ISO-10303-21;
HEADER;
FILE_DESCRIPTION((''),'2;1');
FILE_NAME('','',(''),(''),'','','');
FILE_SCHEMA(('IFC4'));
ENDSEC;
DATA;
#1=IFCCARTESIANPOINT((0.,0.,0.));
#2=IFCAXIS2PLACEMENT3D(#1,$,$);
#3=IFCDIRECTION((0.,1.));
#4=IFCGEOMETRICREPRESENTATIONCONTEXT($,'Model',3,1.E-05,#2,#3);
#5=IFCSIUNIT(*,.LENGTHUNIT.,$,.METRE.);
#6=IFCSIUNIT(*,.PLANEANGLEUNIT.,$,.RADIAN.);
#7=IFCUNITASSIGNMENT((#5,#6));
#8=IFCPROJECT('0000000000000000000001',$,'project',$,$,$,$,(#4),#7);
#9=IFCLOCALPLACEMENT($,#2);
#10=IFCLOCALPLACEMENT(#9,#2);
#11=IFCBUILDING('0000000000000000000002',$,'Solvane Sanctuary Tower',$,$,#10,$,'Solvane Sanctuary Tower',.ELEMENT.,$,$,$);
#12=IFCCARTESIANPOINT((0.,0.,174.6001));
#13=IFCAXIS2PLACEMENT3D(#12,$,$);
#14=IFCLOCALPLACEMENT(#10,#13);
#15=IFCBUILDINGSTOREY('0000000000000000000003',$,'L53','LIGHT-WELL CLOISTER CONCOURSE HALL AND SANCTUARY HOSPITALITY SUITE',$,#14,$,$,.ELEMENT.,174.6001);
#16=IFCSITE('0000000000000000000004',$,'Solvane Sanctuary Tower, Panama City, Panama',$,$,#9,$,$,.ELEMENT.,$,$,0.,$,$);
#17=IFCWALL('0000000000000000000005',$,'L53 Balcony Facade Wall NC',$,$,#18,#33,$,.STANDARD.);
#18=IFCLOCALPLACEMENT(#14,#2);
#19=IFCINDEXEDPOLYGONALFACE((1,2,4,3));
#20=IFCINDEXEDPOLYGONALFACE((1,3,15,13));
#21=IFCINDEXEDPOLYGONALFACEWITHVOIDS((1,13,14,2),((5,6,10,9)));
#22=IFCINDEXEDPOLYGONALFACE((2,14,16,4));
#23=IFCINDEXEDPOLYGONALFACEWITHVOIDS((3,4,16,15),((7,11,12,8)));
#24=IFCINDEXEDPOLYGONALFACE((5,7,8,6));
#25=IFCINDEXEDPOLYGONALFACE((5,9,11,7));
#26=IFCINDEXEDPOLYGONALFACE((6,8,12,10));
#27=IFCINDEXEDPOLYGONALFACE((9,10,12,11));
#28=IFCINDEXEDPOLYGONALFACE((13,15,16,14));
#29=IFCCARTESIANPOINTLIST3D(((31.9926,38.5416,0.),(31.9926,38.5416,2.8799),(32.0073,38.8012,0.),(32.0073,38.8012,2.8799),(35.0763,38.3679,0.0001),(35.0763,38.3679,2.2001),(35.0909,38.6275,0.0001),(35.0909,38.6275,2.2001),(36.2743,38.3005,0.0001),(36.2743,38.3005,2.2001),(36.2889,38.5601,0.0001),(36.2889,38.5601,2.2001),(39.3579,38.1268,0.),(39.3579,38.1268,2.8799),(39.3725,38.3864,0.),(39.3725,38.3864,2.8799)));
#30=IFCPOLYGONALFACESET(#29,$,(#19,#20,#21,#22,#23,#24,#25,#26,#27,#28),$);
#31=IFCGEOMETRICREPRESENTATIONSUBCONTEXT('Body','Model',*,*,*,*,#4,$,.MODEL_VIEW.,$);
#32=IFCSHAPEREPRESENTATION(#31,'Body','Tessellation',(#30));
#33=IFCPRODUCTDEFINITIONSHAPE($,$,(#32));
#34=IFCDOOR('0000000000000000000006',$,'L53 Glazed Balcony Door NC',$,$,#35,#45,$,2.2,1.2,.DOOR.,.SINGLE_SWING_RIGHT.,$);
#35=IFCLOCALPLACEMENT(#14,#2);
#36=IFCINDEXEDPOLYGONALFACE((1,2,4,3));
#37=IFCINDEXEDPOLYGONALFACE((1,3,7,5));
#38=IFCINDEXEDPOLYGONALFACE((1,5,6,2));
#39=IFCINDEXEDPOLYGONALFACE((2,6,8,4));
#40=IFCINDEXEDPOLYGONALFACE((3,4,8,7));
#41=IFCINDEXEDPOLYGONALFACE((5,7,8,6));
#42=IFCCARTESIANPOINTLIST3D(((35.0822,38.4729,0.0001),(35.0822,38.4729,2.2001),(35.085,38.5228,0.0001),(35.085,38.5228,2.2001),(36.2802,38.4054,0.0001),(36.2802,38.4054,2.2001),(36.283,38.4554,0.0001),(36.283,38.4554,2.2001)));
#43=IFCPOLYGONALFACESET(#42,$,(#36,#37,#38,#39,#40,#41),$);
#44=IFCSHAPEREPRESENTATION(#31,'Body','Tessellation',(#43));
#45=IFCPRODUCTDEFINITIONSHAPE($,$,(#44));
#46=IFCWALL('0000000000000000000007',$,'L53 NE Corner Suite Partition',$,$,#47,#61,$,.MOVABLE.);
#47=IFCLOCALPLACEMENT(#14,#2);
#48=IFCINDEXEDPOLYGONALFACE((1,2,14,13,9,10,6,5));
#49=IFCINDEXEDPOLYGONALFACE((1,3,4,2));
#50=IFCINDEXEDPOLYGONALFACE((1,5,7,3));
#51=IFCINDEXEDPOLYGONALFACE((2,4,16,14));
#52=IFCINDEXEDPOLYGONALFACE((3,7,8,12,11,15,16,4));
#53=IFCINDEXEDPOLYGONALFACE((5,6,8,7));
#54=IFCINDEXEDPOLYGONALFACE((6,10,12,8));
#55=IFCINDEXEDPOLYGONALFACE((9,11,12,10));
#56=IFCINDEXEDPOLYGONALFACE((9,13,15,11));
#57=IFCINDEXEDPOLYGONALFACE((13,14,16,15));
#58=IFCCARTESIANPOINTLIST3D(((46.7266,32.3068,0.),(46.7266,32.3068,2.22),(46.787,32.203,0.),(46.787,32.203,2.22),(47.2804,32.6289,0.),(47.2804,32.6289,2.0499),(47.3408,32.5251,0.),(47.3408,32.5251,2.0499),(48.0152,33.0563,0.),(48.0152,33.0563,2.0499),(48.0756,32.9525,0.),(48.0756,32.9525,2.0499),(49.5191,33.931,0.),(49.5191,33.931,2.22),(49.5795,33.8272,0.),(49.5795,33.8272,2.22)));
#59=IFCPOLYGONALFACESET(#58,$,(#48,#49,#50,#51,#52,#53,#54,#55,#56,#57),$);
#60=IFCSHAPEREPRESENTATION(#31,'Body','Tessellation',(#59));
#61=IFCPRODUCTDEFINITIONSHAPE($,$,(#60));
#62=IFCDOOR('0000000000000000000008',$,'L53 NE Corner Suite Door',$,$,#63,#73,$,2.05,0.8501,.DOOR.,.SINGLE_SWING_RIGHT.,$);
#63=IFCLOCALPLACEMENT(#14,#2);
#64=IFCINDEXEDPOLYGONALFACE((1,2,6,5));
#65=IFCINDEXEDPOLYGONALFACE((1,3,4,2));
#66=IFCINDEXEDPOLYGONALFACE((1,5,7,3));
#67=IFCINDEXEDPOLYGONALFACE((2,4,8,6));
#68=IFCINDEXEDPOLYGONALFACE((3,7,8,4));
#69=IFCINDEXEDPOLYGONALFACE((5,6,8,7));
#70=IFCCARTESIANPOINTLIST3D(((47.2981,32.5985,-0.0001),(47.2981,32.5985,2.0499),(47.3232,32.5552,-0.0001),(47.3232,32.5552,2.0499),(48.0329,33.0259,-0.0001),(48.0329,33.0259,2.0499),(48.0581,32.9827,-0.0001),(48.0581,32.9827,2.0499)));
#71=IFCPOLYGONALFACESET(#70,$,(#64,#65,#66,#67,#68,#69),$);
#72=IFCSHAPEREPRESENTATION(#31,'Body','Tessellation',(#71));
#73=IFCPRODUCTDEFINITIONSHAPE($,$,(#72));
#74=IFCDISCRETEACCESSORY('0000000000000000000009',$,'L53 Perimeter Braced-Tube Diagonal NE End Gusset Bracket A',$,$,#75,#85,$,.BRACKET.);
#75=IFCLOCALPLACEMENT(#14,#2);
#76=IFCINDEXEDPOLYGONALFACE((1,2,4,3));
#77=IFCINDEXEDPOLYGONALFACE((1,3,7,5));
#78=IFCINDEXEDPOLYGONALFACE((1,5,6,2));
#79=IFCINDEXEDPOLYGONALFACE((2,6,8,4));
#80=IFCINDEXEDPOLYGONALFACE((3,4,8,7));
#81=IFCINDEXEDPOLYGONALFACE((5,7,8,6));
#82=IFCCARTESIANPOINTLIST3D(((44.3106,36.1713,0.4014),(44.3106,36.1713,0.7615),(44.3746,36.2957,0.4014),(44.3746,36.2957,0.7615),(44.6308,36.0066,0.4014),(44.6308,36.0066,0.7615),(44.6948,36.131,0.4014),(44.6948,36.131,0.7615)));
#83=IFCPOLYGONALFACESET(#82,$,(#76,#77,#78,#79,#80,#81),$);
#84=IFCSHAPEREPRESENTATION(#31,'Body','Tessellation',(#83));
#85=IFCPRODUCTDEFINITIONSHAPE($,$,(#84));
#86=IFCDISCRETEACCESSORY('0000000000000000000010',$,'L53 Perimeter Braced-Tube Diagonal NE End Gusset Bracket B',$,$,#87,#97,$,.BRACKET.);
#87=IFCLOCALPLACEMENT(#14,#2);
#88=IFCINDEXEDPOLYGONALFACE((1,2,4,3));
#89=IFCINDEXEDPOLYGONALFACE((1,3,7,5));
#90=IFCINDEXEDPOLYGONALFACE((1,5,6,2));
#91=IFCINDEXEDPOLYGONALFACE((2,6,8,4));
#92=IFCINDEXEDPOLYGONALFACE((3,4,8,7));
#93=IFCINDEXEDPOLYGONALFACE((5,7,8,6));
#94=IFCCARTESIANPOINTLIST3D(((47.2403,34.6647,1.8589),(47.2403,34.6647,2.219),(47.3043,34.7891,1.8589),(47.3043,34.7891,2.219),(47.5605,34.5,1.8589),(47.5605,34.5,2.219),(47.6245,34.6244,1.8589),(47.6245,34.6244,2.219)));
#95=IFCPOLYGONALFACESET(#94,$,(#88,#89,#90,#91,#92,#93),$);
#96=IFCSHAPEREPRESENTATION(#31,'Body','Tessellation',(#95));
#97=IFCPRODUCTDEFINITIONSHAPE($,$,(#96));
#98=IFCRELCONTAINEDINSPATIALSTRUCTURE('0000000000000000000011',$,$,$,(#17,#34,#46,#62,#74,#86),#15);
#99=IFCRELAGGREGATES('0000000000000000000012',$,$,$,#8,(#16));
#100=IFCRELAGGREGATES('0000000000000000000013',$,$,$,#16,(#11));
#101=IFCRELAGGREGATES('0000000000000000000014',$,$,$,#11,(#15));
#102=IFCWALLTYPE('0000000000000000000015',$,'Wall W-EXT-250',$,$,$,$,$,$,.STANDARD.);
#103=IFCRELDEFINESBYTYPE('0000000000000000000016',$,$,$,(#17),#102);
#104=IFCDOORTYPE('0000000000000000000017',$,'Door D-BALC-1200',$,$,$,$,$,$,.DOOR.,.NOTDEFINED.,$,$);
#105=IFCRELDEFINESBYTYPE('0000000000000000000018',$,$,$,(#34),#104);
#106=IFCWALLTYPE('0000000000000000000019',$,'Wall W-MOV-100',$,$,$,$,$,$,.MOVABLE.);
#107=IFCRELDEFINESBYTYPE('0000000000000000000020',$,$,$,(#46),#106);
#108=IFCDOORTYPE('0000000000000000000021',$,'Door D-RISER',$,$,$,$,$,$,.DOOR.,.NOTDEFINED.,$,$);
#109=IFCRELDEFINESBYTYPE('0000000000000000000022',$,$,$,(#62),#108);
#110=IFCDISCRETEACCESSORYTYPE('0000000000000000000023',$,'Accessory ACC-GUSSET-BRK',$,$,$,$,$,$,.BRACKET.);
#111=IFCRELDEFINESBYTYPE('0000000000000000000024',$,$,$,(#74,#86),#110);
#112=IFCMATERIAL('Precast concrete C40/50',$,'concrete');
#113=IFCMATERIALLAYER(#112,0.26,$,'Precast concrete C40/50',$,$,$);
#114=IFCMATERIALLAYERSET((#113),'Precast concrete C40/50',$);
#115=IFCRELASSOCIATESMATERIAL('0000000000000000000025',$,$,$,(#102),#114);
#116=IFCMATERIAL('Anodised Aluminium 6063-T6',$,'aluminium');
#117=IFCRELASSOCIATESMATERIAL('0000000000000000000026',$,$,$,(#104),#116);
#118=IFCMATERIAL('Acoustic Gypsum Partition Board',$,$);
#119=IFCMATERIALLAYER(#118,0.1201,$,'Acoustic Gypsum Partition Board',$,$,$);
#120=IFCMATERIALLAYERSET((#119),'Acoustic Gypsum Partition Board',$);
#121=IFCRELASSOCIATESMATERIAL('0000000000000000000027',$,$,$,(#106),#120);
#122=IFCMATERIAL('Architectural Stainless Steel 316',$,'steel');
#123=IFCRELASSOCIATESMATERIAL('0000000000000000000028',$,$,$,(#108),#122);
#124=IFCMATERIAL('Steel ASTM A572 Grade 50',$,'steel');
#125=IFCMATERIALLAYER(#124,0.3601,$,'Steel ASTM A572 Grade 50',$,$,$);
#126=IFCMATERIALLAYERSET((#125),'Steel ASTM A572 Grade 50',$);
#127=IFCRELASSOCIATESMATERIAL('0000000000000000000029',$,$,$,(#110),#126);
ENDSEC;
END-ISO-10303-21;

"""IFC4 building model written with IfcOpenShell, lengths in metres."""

from ifc_helpers import new_model, si_unit, direction, frame, frame_2d, origin, origin_2d, place, context, subcontext, project, spatial, rectangle, extrude, material, layer, layer_set, type_object, element, fill, save


model = new_model("IFC4")

# Units and contexts
model_context = context("Model", 3, precision=1e-05, world=origin(), true_north=direction((0.0, 1.0)))
body_context = subcontext(model_context, "Body", "Model", "MODEL_VIEW")
ifc_project = project(units=[si_unit("LENGTHUNIT", "METRE"), si_unit("PLANEANGLEUNIT", "RADIAN")], contexts=[model_context])

# Site, building, storey
site_placement = place(None, origin())
site = spatial("IfcSite", under=ifc_project, at=site_placement, Name="Solvane Sanctuary Tower, Panama City, Panama", CompositionType="ELEMENT", RefElevation=0.0)
building_placement = place(site_placement, origin())
building = spatial("IfcBuilding", under=site, at=building_placement, Name="Solvane Sanctuary Tower", LongName="Solvane Sanctuary Tower", CompositionType="ELEMENT")
storey_placement = place(building_placement, frame((0.0, 0.0, 174.6001)))
storey = spatial("IfcBuildingStorey", under=building, at=storey_placement, Name="L53", Description="LIGHT-WELL CLOISTER CONCOURSE HALL AND SANCTUARY HOSPITALITY SUITE", CompositionType="ELEMENT", Elevation=174.6001)

# Shared definitions
ifc_material_1 = material(Name="Acoustic Gypsum Partition Board")

# Shared definitions
ifc_material_2 = material(Name="Precast concrete C40/50", Category="concrete")
ifc_layer_1 = layer(ifc_material_2, 0.26, Name="Precast concrete C40/50")
ifc_layer_set_1 = layer_set([ifc_layer_1], Name="Precast concrete C40/50")
wall_type_1 = type_object("IfcWallType", Name="Wall W-EXT-250", PredefinedType="STANDARD", material=ifc_layer_set_1)

# Walls, openings, doors
wall_1_placement = place(storey_placement, frame((39.3652, 38.2566, 0.0), z_axis=(0.0, 0.0, 1.0), x_axis=(-0.998418, 0.056229, 0.0)))
wall_1 = element("IfcWall", 1, at=wall_1_placement, inside=storey, type_object=wall_type_1, Name="L53 Balcony Facade Wall NC", PredefinedType="STANDARD", context=body_context, shape_type="SweptSolid", body=[
    extrude(rectangle(XDim=7.377, YDim=0.26, at=frame_2d((3.6885, 0.0))), origin(), (0.0, 0.0, 1.0), 2.8799),
])
opening_1_placement = place(wall_1_placement, frame((3.0884, 0.0, 0.0)))
opening_1 = element("IfcOpeningElement", 2, at=opening_1_placement, cuts=wall_1, PredefinedType="OPENING", context=body_context, shape_type="SweptSolid", body=[
    extrude(rectangle(XDim=1.2, YDim=2.2, at=frame_2d((0.6001, 1.1001))), frame((0.0, 0.1399, 0.0), z_axis=(0.0, -1.0, 0.0), x_axis=(1.0, 0.0, 0.0)), (0.0, 0.0, 1.0), 0.28),
])
ifc_material_3 = material(Name="Anodised Aluminium 6063-T6", Category="aluminium")
door_type_1 = type_object("IfcDoorType", Name="Door D-BALC-1200", OperationType="NOTDEFINED", PredefinedType="DOOR", material=ifc_material_3)
door_1_placement = place(opening_1_placement, origin())
door_1 = element("IfcDoor", 3, at=door_1_placement, inside=storey, type_object=door_type_1, Name="L53 Glazed Balcony Door NC", OperationType="SINGLE_SWING_RIGHT", OverallHeight=2.2, OverallWidth=1.2, PredefinedType="DOOR", context=body_context, shape_type="SweptSolid", body=[
    extrude(rectangle(XDim=1.2, YDim=2.2, at=frame_2d((0.6001, 1.1001))), frame((0.0, 0.0249, 0.0), z_axis=(0.0, -1.0, 0.0), x_axis=(1.0, 0.0, 0.0)), (0.0, 0.0, 1.0), 0.05),
])
fill(opening_1, door_1)
ifc_layer_2 = layer(ifc_material_1, 0.1201, Name="Acoustic Gypsum Partition Board")
ifc_layer_set_2 = layer_set([ifc_layer_2], Name="Acoustic Gypsum Partition Board")
wall_type_2 = type_object("IfcWallType", Name="Wall W-MOV-100", PredefinedType="MOVABLE", material=ifc_layer_set_2)
wall_2_placement = place(storey_placement, frame((46.7568, 32.2549, 0.0), z_axis=(0.0, 0.0, 1.0), x_axis=(0.864409, 0.50279, 0.0)))
wall_2 = element("IfcWall", 4, at=wall_2_placement, inside=storey, type_object=wall_type_2, Name="L53 NE Corner Suite Partition", PredefinedType="MOVABLE", context=body_context, shape_type="SweptSolid", body=[
    extrude(rectangle(XDim=3.2305, YDim=0.1201, at=frame_2d((1.6152, 0.0))), origin(), (0.0, 0.0, 1.0), 2.22),
])
opening_2_placement = place(wall_2_placement, frame((0.6406, 0.0, 0.0)))
opening_2 = element("IfcOpeningElement", 5, at=opening_2_placement, cuts=wall_2, PredefinedType="OPENING", context=body_context, shape_type="SweptSolid", body=[
    extrude(rectangle(XDim=0.8501, YDim=2.05, at=frame_2d((0.425, 1.0249))), frame((0.0, 0.0701, 0.0), z_axis=(0.0, -1.0, 0.0), x_axis=(1.0, 0.0, 0.0)), (0.0, 0.0, 1.0), 0.1401),
])
ifc_material_4 = material(Name="Architectural Stainless Steel 316", Category="steel")
door_type_2 = type_object("IfcDoorType", Name="Door D-RISER", OperationType="NOTDEFINED", PredefinedType="DOOR", material=ifc_material_4)
door_2_placement = place(opening_2_placement, origin())
door_2 = element("IfcDoor", 6, at=door_2_placement, inside=storey, type_object=door_type_2, Name="L53 NE Corner Suite Door", OperationType="SINGLE_SWING_RIGHT", OverallHeight=2.05, OverallWidth=0.8501, PredefinedType="DOOR", context=body_context, shape_type="SweptSolid", body=[
    extrude(rectangle(XDim=0.8501, YDim=2.05, at=frame_2d((0.425, 1.0249))), frame((0.0, 0.0249, 0.0), z_axis=(0.0, -1.0, 0.0), x_axis=(1.0, 0.0, 0.0)), (0.0, 0.0, 1.0), 0.05),
])
fill(opening_2, door_2)

# Discrete accessories
ifc_material_5 = material(Name="Steel ASTM A572 Grade 50", Category="steel")
ifc_layer_3 = layer(ifc_material_5, 0.3601, Name="Steel ASTM A572 Grade 50")
ifc_layer_set_3 = layer_set([ifc_layer_3], Name="Steel ASTM A572 Grade 50")
discrete_accessory_type = type_object("IfcDiscreteAccessoryType", Name="Accessory ACC-GUSSET-BRK", PredefinedType="BRACKET", material=ifc_layer_set_3)
for number, where, z_axis, x_axis, name in (
    (7, (44.5027, 36.1511, 0.4014), (0.0, 0.0, 1.0), (0.889257, -0.457408, 0.0), "L53 Perimeter Braced-Tube Diagonal NE End Gusset Bracket A"),
    (8, (47.4324, 34.6445, 1.8589), (0.0, 0.0, 1.0), (0.889257, -0.457408, 0.0), "L53 Perimeter Braced-Tube Diagonal NE End Gusset Bracket B"),
):
    element("IfcDiscreteAccessory", number, at=place(storey_placement, frame(where, z_axis=z_axis, x_axis=x_axis)), inside=storey, type_object=discrete_accessory_type, Name=name, PredefinedType="BRACKET", context=body_context, shape_type="SweptSolid", body=[
        extrude(rectangle(XDim=0.3601, YDim=0.1399, at=origin_2d()), origin(), (0.0, 0.0, 1.0), 0.3601),
    ])

save(model, "model.ifc")
